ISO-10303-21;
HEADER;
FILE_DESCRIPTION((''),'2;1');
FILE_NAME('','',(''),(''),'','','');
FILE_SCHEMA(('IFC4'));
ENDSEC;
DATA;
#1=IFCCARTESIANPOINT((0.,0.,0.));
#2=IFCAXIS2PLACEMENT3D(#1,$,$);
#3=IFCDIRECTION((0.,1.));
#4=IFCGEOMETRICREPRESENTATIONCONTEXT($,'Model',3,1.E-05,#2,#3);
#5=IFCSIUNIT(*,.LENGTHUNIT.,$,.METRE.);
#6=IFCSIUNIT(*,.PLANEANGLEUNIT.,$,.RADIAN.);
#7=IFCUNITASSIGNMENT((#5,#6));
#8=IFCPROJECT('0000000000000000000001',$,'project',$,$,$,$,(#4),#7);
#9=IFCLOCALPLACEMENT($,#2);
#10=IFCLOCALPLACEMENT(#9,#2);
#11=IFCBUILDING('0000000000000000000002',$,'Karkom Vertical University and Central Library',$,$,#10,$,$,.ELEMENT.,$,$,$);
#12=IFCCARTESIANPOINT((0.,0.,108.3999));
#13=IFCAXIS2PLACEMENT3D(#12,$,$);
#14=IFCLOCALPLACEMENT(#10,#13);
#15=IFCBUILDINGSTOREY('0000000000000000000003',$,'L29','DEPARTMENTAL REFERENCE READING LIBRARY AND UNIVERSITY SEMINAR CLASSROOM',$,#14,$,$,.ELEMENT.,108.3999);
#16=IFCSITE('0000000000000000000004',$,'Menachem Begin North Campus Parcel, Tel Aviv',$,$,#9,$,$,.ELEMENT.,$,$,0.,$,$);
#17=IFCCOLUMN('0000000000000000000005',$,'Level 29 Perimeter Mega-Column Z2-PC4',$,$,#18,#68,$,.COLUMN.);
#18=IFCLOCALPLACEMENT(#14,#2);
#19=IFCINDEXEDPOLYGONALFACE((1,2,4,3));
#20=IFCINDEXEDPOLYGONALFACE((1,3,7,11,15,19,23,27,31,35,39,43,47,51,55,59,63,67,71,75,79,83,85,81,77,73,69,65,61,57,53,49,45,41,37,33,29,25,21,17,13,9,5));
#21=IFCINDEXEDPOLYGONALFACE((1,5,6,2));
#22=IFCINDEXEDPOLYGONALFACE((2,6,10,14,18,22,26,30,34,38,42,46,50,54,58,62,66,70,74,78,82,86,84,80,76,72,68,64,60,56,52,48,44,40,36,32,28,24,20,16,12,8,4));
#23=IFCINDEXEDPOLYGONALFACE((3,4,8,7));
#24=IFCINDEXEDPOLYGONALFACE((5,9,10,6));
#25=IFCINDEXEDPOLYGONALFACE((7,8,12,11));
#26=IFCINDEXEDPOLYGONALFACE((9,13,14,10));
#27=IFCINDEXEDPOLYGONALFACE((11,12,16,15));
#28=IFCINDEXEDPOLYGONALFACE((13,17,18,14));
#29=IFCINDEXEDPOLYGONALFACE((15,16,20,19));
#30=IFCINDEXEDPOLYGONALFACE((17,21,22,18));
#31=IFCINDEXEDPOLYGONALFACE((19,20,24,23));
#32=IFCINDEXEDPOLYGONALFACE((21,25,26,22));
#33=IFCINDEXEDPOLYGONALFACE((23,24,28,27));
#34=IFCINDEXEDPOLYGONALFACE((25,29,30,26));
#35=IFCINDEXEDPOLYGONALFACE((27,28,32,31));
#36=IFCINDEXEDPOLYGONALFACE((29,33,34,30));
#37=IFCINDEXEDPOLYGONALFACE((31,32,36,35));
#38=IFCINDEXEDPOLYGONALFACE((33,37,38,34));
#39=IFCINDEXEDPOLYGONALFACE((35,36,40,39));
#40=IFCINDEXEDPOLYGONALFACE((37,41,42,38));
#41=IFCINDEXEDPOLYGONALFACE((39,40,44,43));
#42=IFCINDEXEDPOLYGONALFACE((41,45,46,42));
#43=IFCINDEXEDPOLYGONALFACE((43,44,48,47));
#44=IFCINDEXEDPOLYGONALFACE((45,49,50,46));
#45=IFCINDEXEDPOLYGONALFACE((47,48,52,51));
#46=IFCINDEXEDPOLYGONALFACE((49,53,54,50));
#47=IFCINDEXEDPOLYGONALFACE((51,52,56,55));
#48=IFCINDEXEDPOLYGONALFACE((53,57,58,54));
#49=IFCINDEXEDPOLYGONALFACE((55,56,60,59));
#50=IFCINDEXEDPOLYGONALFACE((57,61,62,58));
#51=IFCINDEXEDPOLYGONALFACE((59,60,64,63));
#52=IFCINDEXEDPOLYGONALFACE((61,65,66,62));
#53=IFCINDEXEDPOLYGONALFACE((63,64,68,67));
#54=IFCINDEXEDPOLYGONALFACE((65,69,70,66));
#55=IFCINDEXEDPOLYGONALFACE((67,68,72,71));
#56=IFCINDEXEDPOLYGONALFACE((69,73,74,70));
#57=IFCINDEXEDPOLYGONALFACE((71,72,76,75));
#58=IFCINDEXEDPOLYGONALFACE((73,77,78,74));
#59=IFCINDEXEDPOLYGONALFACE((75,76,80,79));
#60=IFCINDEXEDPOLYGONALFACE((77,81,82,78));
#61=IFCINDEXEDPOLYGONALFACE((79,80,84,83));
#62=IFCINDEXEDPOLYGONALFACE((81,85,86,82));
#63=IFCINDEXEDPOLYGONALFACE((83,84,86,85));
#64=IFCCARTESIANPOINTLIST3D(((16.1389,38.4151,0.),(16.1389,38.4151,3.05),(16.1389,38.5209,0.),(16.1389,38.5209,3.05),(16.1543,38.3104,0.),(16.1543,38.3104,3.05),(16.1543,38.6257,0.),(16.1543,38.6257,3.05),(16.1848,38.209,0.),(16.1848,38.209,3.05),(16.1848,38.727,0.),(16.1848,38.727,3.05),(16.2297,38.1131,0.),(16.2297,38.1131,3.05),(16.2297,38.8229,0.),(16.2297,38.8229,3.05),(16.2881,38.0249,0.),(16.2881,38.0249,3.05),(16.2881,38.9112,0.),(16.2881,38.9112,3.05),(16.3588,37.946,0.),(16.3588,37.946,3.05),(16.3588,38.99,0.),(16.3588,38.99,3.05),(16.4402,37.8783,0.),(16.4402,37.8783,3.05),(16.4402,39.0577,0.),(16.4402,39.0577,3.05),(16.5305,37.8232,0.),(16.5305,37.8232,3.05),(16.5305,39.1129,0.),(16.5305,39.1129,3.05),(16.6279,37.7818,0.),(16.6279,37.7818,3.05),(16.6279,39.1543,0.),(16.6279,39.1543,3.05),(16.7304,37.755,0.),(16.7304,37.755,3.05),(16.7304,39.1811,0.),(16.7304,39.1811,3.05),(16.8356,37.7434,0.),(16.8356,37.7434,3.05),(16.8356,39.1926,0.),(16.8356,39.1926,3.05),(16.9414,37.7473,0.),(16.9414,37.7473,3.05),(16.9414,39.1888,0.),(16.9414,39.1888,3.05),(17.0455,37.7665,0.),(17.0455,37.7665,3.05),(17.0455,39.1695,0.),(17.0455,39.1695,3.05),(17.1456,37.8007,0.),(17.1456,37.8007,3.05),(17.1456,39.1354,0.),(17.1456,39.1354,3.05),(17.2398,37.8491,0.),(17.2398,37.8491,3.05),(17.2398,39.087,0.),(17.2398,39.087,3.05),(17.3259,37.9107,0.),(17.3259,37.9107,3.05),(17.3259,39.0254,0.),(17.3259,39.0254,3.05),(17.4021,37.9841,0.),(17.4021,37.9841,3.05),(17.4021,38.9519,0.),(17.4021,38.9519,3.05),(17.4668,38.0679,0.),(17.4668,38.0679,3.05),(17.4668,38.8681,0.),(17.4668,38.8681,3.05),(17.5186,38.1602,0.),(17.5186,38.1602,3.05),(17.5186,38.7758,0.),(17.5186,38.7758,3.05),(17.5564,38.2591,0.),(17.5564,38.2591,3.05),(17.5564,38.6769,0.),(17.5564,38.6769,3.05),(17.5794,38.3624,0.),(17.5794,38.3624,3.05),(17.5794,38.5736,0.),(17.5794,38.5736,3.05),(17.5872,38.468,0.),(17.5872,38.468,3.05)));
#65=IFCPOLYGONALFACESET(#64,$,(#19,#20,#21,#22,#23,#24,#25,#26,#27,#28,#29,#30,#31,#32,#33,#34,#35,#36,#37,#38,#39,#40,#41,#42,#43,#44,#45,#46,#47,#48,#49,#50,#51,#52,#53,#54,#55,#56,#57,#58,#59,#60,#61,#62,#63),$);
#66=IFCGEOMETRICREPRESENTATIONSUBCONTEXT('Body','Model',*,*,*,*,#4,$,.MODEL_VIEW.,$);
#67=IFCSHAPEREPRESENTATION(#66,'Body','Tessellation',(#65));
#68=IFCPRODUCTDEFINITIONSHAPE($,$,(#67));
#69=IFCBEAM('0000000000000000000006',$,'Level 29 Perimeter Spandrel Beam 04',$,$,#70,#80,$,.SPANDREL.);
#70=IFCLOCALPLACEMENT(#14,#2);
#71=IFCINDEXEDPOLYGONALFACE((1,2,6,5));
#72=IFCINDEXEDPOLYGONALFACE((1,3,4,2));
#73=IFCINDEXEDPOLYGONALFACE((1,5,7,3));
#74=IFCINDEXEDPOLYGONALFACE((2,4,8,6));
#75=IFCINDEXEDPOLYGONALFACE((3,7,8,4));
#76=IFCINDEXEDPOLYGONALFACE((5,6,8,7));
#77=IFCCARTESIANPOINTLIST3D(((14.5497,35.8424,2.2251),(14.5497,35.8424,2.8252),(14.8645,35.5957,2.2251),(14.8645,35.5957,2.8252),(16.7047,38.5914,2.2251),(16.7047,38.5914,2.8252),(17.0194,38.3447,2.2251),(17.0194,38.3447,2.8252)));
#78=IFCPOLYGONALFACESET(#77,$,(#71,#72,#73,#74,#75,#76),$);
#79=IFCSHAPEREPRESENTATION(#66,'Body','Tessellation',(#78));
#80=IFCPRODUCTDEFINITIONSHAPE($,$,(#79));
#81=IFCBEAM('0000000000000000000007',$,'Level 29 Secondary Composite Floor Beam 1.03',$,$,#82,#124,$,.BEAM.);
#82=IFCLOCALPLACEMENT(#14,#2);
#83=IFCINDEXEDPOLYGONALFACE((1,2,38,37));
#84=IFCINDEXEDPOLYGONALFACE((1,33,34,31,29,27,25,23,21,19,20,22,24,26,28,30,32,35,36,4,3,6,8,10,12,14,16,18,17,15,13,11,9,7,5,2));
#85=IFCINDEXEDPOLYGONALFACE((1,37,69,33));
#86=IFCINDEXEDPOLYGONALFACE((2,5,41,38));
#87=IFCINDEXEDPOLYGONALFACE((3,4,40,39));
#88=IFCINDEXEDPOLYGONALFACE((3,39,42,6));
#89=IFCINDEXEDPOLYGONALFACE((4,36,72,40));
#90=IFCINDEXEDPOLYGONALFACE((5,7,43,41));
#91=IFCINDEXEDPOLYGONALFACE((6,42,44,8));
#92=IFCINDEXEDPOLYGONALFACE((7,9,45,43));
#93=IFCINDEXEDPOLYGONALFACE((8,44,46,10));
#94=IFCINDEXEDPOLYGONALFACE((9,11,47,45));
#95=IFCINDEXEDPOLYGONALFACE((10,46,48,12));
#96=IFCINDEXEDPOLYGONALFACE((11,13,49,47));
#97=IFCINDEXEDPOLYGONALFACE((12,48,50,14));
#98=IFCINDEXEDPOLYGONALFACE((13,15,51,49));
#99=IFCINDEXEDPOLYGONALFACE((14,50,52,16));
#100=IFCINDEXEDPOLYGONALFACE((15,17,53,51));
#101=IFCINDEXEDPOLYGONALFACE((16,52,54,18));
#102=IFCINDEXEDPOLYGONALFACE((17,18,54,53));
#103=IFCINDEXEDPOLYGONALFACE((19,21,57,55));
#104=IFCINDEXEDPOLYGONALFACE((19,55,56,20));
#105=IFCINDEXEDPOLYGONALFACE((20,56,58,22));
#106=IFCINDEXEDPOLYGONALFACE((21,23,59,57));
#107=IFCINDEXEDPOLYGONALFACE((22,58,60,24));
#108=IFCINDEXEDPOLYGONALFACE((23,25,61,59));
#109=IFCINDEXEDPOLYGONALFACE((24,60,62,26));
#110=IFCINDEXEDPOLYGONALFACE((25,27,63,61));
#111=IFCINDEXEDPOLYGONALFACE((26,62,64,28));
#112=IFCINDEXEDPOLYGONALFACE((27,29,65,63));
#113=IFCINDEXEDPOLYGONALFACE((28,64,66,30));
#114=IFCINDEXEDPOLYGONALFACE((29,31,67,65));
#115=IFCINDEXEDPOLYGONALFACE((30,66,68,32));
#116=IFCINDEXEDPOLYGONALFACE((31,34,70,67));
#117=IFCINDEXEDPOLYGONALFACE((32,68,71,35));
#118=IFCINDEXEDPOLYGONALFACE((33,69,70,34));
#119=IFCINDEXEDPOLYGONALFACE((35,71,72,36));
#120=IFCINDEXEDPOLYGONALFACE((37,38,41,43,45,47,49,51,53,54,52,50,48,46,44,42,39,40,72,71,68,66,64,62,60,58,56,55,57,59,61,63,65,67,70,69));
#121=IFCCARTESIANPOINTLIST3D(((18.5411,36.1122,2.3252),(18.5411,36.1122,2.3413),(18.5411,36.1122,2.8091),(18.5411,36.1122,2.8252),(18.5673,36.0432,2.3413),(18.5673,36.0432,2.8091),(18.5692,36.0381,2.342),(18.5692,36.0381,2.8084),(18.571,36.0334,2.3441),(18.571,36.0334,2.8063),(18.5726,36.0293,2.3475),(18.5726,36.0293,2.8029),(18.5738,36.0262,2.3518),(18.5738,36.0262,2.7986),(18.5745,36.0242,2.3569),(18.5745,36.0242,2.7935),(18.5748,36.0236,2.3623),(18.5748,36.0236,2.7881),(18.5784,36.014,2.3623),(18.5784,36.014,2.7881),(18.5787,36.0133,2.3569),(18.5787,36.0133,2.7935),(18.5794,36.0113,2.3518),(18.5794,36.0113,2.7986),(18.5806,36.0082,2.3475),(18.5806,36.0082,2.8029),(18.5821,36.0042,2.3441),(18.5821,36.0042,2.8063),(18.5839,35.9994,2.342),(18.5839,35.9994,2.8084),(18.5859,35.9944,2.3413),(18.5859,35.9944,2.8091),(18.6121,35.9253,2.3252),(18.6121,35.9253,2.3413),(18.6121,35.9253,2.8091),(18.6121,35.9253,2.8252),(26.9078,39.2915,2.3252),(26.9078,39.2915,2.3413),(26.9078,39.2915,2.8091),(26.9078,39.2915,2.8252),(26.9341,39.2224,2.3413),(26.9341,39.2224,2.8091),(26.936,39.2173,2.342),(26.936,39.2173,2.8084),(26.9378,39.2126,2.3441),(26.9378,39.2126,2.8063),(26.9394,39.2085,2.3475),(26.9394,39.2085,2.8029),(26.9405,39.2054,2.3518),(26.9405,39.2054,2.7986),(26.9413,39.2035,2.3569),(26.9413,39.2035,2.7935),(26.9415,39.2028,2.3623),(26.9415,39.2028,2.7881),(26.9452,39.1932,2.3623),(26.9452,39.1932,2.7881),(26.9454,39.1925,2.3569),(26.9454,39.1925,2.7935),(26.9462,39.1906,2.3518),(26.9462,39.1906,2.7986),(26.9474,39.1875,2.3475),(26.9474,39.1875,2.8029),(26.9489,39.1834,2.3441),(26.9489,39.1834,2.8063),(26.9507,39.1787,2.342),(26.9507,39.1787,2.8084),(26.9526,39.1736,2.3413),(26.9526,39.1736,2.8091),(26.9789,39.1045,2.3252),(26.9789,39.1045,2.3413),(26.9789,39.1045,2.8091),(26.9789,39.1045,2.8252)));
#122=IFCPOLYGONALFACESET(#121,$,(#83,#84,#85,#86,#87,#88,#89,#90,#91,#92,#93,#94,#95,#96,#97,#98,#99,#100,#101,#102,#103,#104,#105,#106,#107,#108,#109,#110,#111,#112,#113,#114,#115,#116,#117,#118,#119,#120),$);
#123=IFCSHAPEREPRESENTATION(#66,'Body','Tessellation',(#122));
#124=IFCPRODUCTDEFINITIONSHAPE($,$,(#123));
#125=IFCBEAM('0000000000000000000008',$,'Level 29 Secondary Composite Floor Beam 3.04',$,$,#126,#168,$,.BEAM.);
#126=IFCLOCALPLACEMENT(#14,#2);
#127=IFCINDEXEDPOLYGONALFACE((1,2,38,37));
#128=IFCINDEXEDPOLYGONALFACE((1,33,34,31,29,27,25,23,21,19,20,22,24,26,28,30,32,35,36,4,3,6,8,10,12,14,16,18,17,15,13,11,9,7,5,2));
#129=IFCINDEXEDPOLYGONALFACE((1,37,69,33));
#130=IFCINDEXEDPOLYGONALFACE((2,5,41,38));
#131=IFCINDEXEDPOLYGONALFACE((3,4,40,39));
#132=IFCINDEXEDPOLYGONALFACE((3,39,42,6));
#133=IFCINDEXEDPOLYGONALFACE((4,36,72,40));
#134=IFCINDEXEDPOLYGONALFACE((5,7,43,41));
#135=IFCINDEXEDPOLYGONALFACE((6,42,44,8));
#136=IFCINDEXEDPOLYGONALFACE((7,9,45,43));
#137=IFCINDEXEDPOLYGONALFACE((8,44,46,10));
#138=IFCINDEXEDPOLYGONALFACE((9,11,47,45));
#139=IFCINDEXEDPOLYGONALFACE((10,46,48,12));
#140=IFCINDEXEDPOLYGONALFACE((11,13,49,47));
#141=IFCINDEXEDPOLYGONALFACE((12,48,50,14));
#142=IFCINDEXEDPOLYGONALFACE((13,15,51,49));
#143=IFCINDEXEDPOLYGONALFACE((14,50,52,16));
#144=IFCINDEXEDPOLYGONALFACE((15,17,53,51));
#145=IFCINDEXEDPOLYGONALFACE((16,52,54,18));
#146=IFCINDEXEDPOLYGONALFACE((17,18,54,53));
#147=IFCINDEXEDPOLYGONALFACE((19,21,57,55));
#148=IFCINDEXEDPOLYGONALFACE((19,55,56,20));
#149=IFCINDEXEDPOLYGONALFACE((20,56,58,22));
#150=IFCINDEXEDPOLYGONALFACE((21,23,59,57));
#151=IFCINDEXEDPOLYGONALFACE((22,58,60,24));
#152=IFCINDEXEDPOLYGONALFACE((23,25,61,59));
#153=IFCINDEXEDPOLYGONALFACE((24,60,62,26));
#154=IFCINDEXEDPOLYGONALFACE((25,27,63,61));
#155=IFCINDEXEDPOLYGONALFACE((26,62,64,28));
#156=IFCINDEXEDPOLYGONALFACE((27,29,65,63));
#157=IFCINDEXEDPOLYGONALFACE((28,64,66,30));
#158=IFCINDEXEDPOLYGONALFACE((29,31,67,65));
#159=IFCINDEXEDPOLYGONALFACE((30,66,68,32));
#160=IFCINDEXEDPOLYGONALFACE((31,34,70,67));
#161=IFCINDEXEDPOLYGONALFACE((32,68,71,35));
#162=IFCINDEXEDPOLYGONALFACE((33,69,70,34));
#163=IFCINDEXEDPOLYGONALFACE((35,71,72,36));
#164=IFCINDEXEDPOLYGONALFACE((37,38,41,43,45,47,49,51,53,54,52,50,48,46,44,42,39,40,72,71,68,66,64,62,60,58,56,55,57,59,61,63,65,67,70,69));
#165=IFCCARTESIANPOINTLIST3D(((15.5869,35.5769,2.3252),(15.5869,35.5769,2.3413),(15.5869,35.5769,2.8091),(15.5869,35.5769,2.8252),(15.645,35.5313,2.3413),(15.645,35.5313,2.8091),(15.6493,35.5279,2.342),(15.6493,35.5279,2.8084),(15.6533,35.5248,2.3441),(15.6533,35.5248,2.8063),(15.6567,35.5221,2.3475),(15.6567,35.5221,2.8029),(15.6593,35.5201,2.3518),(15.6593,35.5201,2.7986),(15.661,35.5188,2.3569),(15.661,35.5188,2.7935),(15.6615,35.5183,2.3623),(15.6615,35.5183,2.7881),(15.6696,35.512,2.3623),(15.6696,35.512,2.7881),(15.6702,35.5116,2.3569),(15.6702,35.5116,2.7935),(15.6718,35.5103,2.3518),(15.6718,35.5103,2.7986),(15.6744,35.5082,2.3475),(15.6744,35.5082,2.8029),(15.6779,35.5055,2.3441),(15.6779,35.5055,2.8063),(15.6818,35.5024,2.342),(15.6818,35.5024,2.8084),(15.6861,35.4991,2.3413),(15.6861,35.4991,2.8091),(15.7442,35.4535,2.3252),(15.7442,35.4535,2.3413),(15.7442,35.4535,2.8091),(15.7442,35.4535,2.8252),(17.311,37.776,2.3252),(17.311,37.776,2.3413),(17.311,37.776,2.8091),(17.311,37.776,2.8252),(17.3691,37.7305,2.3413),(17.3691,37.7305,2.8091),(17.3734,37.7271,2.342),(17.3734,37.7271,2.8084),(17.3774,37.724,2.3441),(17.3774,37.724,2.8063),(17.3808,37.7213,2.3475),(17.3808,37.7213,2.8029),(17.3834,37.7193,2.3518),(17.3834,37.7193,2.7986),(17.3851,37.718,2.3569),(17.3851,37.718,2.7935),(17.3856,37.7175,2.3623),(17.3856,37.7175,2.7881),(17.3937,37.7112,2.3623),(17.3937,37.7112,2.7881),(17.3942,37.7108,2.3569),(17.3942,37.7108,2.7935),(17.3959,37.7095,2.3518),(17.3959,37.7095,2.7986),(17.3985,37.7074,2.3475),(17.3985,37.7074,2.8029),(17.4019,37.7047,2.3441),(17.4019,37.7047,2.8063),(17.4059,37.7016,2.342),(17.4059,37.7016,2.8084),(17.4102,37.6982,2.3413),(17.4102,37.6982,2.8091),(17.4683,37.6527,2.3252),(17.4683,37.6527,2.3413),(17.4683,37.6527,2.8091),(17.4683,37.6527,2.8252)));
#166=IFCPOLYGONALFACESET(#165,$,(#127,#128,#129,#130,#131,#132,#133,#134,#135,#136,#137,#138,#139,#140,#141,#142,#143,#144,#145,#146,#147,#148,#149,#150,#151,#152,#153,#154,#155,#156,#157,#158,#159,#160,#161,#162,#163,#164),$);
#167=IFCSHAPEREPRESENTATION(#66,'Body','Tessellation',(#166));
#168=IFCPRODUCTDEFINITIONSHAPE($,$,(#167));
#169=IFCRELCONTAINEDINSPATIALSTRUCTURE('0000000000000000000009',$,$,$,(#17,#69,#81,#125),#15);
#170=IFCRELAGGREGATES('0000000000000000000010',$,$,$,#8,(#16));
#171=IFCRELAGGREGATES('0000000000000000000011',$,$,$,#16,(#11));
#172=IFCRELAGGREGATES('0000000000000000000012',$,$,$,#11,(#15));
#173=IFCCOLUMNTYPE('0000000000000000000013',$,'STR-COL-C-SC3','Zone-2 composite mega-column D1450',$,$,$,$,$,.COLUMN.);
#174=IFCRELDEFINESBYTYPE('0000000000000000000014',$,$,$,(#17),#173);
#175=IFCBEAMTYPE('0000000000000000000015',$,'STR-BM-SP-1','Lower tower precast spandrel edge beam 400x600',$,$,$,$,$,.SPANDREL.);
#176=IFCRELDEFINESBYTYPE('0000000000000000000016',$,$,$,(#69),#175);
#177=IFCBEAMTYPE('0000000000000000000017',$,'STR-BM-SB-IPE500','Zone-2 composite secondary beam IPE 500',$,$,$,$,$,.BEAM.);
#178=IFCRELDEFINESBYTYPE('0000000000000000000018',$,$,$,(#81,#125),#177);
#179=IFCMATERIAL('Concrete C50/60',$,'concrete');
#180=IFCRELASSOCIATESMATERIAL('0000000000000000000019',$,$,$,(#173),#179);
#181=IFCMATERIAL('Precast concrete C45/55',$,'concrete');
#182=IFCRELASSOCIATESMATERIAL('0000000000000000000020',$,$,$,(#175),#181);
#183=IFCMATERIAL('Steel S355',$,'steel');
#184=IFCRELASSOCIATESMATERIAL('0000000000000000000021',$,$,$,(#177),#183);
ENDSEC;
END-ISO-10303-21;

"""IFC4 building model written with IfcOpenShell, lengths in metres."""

from ifc_helpers import new_model, si_unit, direction, frame, origin, origin_with_axes, origin_2d, place, context, subcontext, project, spatial, rectangle, circle, i_section, extrude, source, transform, mapped, material, material_profile, profile_set, type_object, element, save


model = new_model("IFC4")

# Units and contexts
model_context = context("Model", 3, precision=1e-05, world=origin(), true_north=direction((0.0, 1.0)))
body_context = subcontext(model_context, "Body", "Model", "MODEL_VIEW")
ifc_project = project(units=[si_unit("LENGTHUNIT", "METRE"), si_unit("PLANEANGLEUNIT", "RADIAN")], contexts=[model_context])

# Site, building, storey
site_placement = place(None, origin())
site = spatial("IfcSite", under=ifc_project, at=site_placement, Name="Menachem Begin North Campus Parcel, Tel Aviv", CompositionType="ELEMENT", RefElevation=0.0)
building_placement = place(site_placement, origin())
building = spatial("IfcBuilding", under=site, at=building_placement, Name="Karkom Vertical University and Central Library", CompositionType="ELEMENT")
storey_placement = place(building_placement, frame((0.0, 0.0, 108.3999)))
storey = spatial("IfcBuildingStorey", under=building, at=storey_placement, Name="L29", Description="DEPARTMENTAL REFERENCE READING LIBRARY AND UNIVERSITY SEMINAR CLASSROOM", CompositionType="ELEMENT", Elevation=108.3999)

# Column
ifc_material_1 = material(Name="Concrete C50/60", Category="concrete")
ifc_material_profile_1 = material_profile(ifc_material_1, circle(Radius=0.7251, at=origin_2d()), Name="CFT-D1450")
ifc_profile_set_1 = profile_set([ifc_material_profile_1], Name="Concrete C50/60")
column_type = type_object("IfcColumnType", Name="STR-COL-C-SC3", Description="Zone-2 composite mega-column D1450", PredefinedType="COLUMN", material=ifc_profile_set_1)
shared_shape_1 = source(origin_with_axes(), body_context, "Body", "SweptSolid", [
    extrude(circle(Radius=0.7251, at=origin_2d()), origin(), (0.0, 0.0, 1.0), 3.05),
])
column_placement = place(storey_placement, frame((16.8621, 38.468, 0.0), z_axis=(0.0, 0.0, 1.0), x_axis=(1.0, 0.0, 0.0)))
element("IfcColumn", 1, at=column_placement, inside=storey, type_object=column_type, Name="Level 29 Perimeter Mega-Column Z2-PC4", PredefinedType="COLUMN", context=body_context, shape_type="MappedRepresentation", body=[
    mapped(shared_shape_1, transform((0.0, 0.0, 0.0), scale=1.0)),
])

# Beams
ifc_material_2 = material(Name="Precast concrete C45/55", Category="concrete")
ifc_material_profile_2 = material_profile(ifc_material_2, rectangle(XDim=0.3999, YDim=0.6001, at=origin_2d()), Name="SPB-400x600")
ifc_profile_set_2 = profile_set([ifc_material_profile_2], Name="Precast concrete C45/55")
beam_type_1 = type_object("IfcBeamType", Name="STR-BM-SP-1", Description="Lower tower precast spandrel edge beam 400x600", PredefinedType="SPANDREL", material=ifc_profile_set_2)
shared_shape_2 = source(origin_with_axes(), body_context, "Body", "SweptSolid", [
    extrude(rectangle(XDim=0.3999, YDim=0.6001, at=origin_2d()), origin(), (0.0, 0.0, 1.0), 3.4929),
])
beam_1_placement = place(storey_placement, frame((16.8621, 38.468, 2.5251), z_axis=(-0.616951, -0.787002, 0.0), x_axis=(0.787002, -0.616951, 0.0)))
element("IfcBeam", 2, at=beam_1_placement, inside=storey, type_object=beam_type_1, Name="Level 29 Perimeter Spandrel Beam 04", PredefinedType="SPANDREL", context=body_context, shape_type="MappedRepresentation", body=[
    mapped(shared_shape_2, transform((0.0, 0.0, 0.0), scale=1.0)),
])
ifc_material_3 = material(Name="Steel S355", Category="steel")
ifc_material_profile_3 = material_profile(ifc_material_3, i_section(OverallWidth=0.2, OverallDepth=0.5, WebThickness=0.0103, FlangeThickness=0.0161, FilletRadius=0.021, at=origin_2d()), Name="IPE 500")
ifc_profile_set_3 = profile_set([ifc_material_profile_3], Name="Steel S355")
beam_type_2 = type_object("IfcBeamType", Name="STR-BM-SB-IPE500", Description="Zone-2 composite secondary beam IPE 500", PredefinedType="BEAM", material=ifc_profile_set_3)
shared_shape_3 = source(origin_with_axes(), body_context, "Body", "SweptSolid", [
    extrude(i_section(OverallWidth=0.2, OverallDepth=0.5, WebThickness=0.0103, FlangeThickness=0.0161, FilletRadius=0.021, at=origin_2d()), origin(), (0.0, 0.0, 1.0), 8.9504),
])
beam_2_placement = place(storey_placement, frame((26.9434, 39.198, 2.5752), z_axis=(-0.934789, -0.355203, 0.0), x_axis=(0.355203, -0.934789, 0.0)))
element("IfcBeam", 3, at=beam_2_placement, inside=storey, type_object=beam_type_2, Name="Level 29 Secondary Composite Floor Beam 1.03", PredefinedType="BEAM", context=body_context, shape_type="MappedRepresentation", body=[
    mapped(shared_shape_3, transform((0.0, 0.0, 0.0), scale=1.0)),
])
shared_shape_4 = source(origin_with_axes(), body_context, "Body", "SweptSolid", [
    extrude(i_section(OverallWidth=0.2, OverallDepth=0.5, WebThickness=0.0103, FlangeThickness=0.0161, FilletRadius=0.021, at=origin_2d()), origin(), (0.0, 0.0, 1.0), 2.7944),
])
beam_3_placement = place(storey_placement, frame((17.3896, 37.7144, 2.5752), z_axis=(-0.616972, -0.786985, 0.0), x_axis=(0.786985, -0.616972, 0.0)))
element("IfcBeam", 4, at=beam_3_placement, inside=storey, type_object=beam_type_2, Name="Level 29 Secondary Composite Floor Beam 3.04", PredefinedType="BEAM", context=body_context, shape_type="MappedRepresentation", body=[
    mapped(shared_shape_4, transform((0.0, 0.0, 0.0), scale=1.0)),
])

save(model, "model.ifc")
